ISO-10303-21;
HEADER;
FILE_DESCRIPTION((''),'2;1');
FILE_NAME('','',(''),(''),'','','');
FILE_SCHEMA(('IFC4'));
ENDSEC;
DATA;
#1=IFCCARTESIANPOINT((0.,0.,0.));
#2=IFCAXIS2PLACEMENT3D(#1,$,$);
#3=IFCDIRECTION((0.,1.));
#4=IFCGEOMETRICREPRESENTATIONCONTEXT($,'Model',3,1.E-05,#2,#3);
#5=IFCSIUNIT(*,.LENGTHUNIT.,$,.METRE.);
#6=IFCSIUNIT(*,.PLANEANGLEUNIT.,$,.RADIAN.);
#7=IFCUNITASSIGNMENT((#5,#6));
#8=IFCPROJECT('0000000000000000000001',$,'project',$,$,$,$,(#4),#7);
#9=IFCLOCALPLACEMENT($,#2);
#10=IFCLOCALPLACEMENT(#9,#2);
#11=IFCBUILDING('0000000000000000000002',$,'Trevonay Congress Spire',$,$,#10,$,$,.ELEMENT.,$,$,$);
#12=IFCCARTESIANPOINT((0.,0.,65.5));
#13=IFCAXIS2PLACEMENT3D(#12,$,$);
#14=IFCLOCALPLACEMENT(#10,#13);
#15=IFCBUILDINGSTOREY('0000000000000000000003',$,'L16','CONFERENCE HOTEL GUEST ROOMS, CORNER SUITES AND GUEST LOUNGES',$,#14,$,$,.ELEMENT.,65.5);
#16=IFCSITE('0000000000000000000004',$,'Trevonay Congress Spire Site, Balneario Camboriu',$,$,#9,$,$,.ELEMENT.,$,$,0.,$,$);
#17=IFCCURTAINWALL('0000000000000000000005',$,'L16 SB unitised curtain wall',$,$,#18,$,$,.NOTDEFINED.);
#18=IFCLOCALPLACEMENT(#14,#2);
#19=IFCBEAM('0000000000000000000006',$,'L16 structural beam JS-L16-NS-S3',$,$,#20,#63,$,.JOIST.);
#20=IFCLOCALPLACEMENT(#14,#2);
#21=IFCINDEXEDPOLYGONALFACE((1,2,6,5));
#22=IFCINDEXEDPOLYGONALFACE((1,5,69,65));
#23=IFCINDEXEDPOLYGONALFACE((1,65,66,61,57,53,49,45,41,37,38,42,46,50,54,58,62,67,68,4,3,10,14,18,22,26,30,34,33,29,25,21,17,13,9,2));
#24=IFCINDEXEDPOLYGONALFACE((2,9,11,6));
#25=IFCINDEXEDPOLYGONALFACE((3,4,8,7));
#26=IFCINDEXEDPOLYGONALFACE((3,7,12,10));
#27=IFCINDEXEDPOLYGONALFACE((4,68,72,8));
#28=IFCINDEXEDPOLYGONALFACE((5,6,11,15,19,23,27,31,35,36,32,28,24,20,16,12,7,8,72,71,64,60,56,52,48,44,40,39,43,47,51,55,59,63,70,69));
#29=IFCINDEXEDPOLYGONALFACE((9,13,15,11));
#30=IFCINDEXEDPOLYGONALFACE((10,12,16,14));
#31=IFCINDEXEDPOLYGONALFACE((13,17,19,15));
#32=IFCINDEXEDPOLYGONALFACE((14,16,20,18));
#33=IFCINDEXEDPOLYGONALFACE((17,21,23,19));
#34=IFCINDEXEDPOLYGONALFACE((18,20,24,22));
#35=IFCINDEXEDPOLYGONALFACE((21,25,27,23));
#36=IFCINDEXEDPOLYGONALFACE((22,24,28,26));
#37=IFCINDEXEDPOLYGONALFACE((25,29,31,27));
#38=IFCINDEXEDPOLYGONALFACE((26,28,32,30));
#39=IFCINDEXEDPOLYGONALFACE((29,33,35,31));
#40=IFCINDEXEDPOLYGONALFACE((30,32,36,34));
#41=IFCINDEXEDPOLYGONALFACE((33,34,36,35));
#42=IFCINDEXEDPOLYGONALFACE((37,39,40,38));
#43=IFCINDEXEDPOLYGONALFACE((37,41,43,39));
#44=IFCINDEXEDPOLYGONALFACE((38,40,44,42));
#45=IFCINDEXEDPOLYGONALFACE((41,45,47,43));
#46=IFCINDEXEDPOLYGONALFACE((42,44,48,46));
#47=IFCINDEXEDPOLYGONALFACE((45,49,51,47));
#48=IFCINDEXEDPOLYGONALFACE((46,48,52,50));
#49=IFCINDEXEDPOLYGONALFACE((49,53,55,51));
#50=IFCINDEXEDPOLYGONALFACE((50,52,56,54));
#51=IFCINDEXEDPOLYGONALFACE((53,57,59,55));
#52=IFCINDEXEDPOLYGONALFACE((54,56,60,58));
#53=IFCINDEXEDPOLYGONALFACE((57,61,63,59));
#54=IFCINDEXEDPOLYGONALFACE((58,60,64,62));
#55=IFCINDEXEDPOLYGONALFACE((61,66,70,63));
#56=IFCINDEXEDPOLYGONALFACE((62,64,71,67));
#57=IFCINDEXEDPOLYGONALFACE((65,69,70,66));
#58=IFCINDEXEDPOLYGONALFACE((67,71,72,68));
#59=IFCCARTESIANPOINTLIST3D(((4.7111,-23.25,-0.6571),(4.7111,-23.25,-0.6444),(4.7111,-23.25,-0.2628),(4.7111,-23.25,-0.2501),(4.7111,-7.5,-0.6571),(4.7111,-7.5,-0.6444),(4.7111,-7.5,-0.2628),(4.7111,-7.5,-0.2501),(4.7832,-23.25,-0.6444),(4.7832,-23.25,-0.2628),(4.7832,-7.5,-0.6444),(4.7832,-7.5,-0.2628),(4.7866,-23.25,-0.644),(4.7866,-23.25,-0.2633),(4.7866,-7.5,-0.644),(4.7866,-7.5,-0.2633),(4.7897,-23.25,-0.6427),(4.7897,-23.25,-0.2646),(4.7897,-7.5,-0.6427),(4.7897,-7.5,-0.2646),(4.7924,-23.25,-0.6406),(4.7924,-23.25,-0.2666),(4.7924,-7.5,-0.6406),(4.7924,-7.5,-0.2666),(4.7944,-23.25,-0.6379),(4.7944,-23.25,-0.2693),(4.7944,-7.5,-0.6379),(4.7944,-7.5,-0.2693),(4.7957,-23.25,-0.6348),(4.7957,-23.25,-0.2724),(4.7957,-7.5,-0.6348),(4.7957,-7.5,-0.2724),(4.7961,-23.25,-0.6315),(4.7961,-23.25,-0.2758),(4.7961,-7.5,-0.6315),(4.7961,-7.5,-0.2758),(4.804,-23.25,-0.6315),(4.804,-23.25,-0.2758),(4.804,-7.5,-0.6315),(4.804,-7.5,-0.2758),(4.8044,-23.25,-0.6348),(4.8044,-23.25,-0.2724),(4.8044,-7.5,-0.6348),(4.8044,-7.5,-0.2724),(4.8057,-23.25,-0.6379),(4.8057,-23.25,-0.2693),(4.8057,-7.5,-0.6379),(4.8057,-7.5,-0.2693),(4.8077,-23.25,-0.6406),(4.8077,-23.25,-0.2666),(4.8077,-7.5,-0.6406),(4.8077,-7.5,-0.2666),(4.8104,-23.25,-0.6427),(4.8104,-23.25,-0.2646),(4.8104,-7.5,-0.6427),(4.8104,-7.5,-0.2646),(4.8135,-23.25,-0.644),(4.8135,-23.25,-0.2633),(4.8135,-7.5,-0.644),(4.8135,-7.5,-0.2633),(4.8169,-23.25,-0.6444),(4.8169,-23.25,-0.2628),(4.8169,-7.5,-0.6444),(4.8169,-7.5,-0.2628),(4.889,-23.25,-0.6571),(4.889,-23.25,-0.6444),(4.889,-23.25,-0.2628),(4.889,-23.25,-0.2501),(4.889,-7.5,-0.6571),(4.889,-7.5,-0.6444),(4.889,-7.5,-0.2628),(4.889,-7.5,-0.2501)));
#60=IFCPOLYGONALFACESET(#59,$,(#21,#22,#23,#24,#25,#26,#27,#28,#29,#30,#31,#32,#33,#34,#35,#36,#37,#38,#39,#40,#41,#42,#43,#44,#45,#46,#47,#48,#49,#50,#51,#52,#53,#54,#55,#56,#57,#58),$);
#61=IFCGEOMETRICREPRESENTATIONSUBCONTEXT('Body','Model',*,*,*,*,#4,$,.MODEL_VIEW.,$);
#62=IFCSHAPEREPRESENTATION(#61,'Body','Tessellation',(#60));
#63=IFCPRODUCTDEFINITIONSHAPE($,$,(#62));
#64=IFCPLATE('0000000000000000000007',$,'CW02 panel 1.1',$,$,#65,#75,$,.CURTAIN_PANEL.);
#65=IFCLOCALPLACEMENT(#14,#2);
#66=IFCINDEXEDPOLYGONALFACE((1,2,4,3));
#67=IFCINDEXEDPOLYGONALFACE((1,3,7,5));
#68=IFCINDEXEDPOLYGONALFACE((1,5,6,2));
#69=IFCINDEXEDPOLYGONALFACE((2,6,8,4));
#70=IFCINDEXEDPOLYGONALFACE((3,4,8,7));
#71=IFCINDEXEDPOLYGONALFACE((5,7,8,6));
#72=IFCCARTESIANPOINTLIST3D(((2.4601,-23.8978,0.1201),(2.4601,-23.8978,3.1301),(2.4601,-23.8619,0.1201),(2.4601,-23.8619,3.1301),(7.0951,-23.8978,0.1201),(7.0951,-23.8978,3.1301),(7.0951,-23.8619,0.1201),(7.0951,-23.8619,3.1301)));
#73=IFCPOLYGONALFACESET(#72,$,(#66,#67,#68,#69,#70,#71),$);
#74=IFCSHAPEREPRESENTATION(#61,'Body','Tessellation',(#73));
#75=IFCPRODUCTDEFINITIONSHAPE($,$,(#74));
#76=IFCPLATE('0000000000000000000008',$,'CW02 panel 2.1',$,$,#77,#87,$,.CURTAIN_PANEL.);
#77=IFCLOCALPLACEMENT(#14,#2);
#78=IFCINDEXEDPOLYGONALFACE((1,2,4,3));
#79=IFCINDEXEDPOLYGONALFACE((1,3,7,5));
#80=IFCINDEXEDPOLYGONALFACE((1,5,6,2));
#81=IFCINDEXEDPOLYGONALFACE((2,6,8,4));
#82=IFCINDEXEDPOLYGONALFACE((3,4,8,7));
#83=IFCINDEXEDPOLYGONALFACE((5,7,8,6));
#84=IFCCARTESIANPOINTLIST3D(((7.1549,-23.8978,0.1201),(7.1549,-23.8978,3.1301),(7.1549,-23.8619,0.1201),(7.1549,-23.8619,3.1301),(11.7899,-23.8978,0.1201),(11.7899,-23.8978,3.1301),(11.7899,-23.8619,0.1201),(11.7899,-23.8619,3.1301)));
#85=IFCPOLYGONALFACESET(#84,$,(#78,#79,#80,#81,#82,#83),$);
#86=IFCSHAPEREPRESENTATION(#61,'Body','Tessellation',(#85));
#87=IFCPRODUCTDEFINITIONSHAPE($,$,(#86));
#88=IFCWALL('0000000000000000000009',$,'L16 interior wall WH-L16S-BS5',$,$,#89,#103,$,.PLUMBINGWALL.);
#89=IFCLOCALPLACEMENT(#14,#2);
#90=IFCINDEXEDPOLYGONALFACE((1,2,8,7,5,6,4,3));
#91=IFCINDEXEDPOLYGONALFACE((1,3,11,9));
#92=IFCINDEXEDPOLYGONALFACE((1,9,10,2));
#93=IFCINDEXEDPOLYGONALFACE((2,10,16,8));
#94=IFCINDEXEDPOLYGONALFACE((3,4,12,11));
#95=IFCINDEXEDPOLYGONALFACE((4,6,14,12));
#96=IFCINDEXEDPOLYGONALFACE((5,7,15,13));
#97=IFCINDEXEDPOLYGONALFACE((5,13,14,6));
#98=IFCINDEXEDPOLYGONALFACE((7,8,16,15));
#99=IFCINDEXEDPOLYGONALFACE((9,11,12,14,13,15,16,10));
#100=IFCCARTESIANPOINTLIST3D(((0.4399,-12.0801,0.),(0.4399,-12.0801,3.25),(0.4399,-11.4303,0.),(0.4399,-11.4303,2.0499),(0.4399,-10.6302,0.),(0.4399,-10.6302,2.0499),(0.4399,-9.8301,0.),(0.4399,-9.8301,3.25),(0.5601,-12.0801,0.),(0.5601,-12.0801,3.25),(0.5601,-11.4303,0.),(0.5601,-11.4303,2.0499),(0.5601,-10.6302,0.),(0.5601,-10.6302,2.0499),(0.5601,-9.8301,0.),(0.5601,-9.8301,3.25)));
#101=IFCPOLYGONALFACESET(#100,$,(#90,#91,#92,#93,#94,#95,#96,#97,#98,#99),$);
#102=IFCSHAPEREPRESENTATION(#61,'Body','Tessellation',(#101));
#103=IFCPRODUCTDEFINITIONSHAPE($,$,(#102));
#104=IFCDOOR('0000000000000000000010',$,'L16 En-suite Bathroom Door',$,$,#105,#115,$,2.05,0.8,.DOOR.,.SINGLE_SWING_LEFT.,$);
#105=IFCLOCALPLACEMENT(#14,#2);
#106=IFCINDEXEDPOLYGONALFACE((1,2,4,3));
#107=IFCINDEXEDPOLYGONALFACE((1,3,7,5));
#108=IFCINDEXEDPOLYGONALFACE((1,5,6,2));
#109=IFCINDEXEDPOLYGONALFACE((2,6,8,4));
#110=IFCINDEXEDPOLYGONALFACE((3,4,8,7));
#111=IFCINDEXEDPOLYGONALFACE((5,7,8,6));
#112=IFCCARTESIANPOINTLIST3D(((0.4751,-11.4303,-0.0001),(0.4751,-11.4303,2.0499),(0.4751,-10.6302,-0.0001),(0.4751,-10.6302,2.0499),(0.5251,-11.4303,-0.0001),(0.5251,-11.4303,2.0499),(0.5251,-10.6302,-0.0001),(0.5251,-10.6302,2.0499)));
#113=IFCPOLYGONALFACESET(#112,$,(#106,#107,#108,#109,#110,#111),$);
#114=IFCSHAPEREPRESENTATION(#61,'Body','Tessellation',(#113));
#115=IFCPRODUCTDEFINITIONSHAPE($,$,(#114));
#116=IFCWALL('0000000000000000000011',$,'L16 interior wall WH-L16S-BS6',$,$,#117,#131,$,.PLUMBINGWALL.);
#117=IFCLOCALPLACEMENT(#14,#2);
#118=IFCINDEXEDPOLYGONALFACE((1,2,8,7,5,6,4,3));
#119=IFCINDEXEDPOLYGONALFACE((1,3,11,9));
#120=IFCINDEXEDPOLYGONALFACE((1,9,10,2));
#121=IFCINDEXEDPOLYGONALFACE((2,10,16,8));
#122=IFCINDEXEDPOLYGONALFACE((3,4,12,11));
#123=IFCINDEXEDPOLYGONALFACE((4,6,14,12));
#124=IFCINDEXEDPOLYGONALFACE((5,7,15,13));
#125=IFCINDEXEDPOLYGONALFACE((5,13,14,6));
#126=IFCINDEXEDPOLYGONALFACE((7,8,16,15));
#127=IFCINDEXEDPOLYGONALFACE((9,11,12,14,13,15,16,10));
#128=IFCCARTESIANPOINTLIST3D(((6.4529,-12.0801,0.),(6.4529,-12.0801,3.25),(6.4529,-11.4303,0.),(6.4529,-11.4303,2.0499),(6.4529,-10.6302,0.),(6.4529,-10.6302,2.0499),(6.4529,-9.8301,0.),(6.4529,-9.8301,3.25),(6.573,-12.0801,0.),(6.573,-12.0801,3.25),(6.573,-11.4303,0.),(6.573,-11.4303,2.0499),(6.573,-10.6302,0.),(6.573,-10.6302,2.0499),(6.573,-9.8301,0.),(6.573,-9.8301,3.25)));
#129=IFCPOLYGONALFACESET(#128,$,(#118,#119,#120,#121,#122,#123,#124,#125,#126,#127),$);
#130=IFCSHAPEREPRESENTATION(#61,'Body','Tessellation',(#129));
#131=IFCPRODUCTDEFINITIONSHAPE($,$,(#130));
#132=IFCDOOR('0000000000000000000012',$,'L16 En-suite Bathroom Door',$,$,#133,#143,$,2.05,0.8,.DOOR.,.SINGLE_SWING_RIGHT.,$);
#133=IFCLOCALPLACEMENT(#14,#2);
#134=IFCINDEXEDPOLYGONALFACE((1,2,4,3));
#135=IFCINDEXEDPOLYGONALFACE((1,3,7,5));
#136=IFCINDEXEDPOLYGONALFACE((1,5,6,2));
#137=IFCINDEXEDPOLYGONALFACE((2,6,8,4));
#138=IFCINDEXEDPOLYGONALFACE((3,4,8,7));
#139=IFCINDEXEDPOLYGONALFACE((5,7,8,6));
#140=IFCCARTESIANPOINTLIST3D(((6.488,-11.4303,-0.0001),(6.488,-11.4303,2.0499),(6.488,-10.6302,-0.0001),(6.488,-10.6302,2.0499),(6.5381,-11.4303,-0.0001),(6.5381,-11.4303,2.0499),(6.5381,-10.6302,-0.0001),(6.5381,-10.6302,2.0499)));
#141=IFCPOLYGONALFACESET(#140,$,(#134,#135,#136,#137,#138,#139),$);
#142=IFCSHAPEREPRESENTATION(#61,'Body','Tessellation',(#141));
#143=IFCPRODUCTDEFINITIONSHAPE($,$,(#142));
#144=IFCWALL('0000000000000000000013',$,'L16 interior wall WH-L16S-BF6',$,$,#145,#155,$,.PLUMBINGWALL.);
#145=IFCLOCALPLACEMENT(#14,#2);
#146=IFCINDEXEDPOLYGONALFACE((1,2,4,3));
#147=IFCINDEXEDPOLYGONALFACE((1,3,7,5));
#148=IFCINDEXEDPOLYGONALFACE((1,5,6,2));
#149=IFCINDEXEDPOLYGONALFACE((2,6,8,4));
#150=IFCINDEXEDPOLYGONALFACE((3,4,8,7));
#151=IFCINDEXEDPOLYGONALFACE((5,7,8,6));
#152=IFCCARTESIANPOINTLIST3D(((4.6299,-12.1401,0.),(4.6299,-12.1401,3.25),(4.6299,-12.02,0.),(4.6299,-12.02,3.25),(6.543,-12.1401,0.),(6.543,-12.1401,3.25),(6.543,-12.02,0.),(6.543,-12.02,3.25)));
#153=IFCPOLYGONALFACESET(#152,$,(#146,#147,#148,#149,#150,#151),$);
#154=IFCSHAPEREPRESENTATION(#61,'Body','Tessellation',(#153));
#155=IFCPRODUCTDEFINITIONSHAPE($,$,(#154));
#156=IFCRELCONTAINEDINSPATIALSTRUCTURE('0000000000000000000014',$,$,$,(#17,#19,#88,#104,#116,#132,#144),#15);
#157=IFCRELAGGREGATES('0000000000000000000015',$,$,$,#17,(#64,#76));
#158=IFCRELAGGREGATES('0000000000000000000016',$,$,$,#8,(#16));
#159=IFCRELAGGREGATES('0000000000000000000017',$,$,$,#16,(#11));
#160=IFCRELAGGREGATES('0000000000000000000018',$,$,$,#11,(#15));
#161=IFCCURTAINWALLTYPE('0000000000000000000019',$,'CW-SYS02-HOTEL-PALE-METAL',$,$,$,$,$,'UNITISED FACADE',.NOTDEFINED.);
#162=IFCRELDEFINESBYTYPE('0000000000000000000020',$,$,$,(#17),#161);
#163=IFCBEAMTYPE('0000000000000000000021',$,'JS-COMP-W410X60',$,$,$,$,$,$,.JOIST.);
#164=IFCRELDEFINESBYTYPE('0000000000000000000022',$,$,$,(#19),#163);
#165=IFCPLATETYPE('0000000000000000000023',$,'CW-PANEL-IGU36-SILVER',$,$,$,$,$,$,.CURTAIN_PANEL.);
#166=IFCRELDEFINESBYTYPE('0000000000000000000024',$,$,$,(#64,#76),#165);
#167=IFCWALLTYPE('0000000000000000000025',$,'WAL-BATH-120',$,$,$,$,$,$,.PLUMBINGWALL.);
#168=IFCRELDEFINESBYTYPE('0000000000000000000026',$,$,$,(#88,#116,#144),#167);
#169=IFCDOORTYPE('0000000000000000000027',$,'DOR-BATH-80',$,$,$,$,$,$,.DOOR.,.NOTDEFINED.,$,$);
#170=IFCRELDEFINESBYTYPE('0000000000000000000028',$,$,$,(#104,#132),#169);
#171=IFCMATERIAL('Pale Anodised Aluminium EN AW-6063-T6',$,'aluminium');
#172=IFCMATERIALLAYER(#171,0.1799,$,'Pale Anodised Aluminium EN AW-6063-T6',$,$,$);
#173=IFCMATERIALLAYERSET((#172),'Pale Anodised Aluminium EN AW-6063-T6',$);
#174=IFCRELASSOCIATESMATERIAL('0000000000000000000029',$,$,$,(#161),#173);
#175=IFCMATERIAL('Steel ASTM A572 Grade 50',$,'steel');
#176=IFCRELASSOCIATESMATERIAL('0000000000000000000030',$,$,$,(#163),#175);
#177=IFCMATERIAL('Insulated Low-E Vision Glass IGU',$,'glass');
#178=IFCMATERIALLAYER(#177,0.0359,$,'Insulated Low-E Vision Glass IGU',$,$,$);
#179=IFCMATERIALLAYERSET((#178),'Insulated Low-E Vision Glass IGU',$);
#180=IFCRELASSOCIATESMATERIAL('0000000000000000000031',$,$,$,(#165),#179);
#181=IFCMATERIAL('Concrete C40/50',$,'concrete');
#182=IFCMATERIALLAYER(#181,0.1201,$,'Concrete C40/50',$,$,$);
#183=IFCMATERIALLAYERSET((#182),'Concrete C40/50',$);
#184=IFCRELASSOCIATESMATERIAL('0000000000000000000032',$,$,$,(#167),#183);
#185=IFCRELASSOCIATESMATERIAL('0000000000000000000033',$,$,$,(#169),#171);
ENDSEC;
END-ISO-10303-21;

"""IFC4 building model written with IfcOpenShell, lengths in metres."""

from ifc_helpers import new_model, si_unit, direction, frame, frame_2d, origin, origin_2d, place, context, subcontext, project, spatial, rectangle, i_section, extrude, material, layer, layer_set, material_profile, profile_set, type_object, element, fill, aggregate, save


model = new_model("IFC4")

# Units and contexts
model_context = context("Model", 3, precision=1e-05, world=origin(), true_north=direction((0.0, 1.0)))
body_context = subcontext(model_context, "Body", "Model", "MODEL_VIEW")
ifc_project = project(units=[si_unit("LENGTHUNIT", "METRE"), si_unit("PLANEANGLEUNIT", "RADIAN")], contexts=[model_context])

# Site, building, storey
site_placement = place(None, origin())
site = spatial("IfcSite", under=ifc_project, at=site_placement, Name="Trevonay Congress Spire Site, Balneario Camboriu", CompositionType="ELEMENT", RefElevation=0.0)
building_placement = place(site_placement, origin())
building = spatial("IfcBuilding", under=site, at=building_placement, Name="Trevonay Congress Spire", CompositionType="ELEMENT")
storey_placement = place(building_placement, frame((0.0, 0.0, 65.5)))
storey = spatial("IfcBuildingStorey", under=building, at=storey_placement, Name="L16", Description="CONFERENCE HOTEL GUEST ROOMS, CORNER SUITES AND GUEST LOUNGES", CompositionType="ELEMENT", Elevation=65.5)

# Shared definitions
ifc_material_1 = material(Name="Steel ASTM A572 Grade 50", Category="steel")

# Curtain wall
ifc_material_2 = material(Name="Pale Anodised Aluminium EN AW-6063-T6", Category="aluminium")
ifc_layer_1 = layer(ifc_material_2, 0.1799, Name="Pale Anodised Aluminium EN AW-6063-T6")
ifc_layer_set_1 = layer_set([ifc_layer_1], Name="Pale Anodised Aluminium EN AW-6063-T6")
curtain_wall_type = type_object("IfcCurtainWallType", Name="CW-SYS02-HOTEL-PALE-METAL", ElementType="UNITISED FACADE", PredefinedType="NOTDEFINED", material=ifc_layer_set_1)
curtain_wall_placement = place(storey_placement, origin())
curtain_wall = element("IfcCurtainWall", 1, at=curtain_wall_placement, inside=storey, type_object=curtain_wall_type, Name="L16 SB unitised curtain wall", PredefinedType="NOTDEFINED")

# Beam
ifc_material_profile_1 = material_profile(ifc_material_1, i_section(OverallWidth=0.178, OverallDepth=0.407, WebThickness=0.0078, FlangeThickness=0.0127, FilletRadius=0.0129, at=origin_2d()), Name="W410x60")
ifc_profile_set_1 = profile_set([ifc_material_profile_1], Name="Steel ASTM A572 Grade 50")
beam_type_1 = type_object("IfcBeamType", Name="JS-COMP-W410X60", PredefinedType="JOIST", material=ifc_profile_set_1)
beam_1_placement = place(storey_placement, frame((4.8, -23.25, -0.4536), z_axis=(0.0, 1.0, 0.0), x_axis=(-1.0, 0.0, 0.0)))
element("IfcBeam", 2, at=beam_1_placement, inside=storey, type_object=beam_type_1, Name="L16 structural beam JS-L16-NS-S3", PredefinedType="JOIST", context=body_context, shape_type="SweptSolid", body=[
    extrude(i_section(OverallWidth=0.178, OverallDepth=0.407, WebThickness=0.0078, FlangeThickness=0.0127, FilletRadius=0.0129, at=origin_2d()), origin(), (0.0, 0.0, 1.0), 15.75),
])

# Plates
ifc_material_3 = material(Name="Insulated Low-E Vision Glass IGU", Category="glass")
ifc_layer_2 = layer(ifc_material_3, 0.0359, Name="Insulated Low-E Vision Glass IGU")
ifc_layer_set_2 = layer_set([ifc_layer_2], Name="Insulated Low-E Vision Glass IGU")
plate_type = type_object("IfcPlateType", Name="CW-PANEL-IGU36-SILVER", PredefinedType="CURTAIN_PANEL", material=ifc_layer_set_2)
plate_1_placement = place(storey_placement, frame((4.7776, -23.8799, 0.1201), z_axis=(0.0, 0.0, 1.0), x_axis=(1.0, 0.0, 0.0)))
plate_1 = element("IfcPlate", 3, at=plate_1_placement, type_object=plate_type, Name="CW02 panel 1.1", PredefinedType="CURTAIN_PANEL", context=body_context, shape_type="SweptSolid", body=[
    extrude(rectangle(XDim=4.635, YDim=0.0359, at=origin_2d()), origin(), (0.0, 0.0, 1.0), 3.01),
])
plate_2_placement = place(storey_placement, frame((9.4724, -23.8799, 0.1201), z_axis=(0.0, 0.0, 1.0), x_axis=(1.0, 0.0, 0.0)))
plate_2 = element("IfcPlate", 4, at=plate_2_placement, type_object=plate_type, Name="CW02 panel 2.1", PredefinedType="CURTAIN_PANEL", context=body_context, shape_type="SweptSolid", body=[
    extrude(rectangle(XDim=4.635, YDim=0.0359, at=origin_2d()), origin(), (0.0, 0.0, 1.0), 3.01),
])
aggregate(curtain_wall, [plate_1, plate_2])

# Walls, openings, doors
ifc_material_4 = material(Name="Concrete C40/50", Category="concrete")
ifc_layer_3 = layer(ifc_material_4, 0.1201, Name="Concrete C40/50")
ifc_layer_set_3 = layer_set([ifc_layer_3], Name="Concrete C40/50")
wall_type_1 = type_object("IfcWallType", Name="WAL-BATH-120", PredefinedType="PLUMBINGWALL", material=ifc_layer_set_3)
wall_1_placement = place(storey_placement, frame((0.5, -12.0801, 0.0), z_axis=(0.0, 0.0, 1.0), x_axis=(0.0, 1.0, 0.0)))
wall_1 = element("IfcWall", 5, at=wall_1_placement, inside=storey, type_object=wall_type_1, Name="L16 interior wall WH-L16S-BS5", PredefinedType="PLUMBINGWALL", context=body_context, shape_type="SweptSolid", body=[
    extrude(rectangle(XDim=2.25, YDim=0.1201, at=frame_2d((1.125, 0.0))), origin(), (0.0, 0.0, 1.0), 3.25),
])
opening_1_placement = place(wall_1_placement, frame((0.6499, 0.0, 0.0)))
opening_1 = element("IfcOpeningElement", 6, at=opening_1_placement, cuts=wall_1, PredefinedType="OPENING", context=body_context, shape_type="SweptSolid", body=[
    extrude(rectangle(XDim=0.8, YDim=2.05, at=frame_2d((0.3999, 1.0249))), frame((0.0, 0.0701, 0.0), z_axis=(0.0, -1.0, 0.0), x_axis=(1.0, 0.0, 0.0)), (0.0, 0.0, 1.0), 0.1401),
])
door_type_1 = type_object("IfcDoorType", Name="DOR-BATH-80", OperationType="NOTDEFINED", PredefinedType="DOOR", material=ifc_material_2)
door_1_placement = place(opening_1_placement, origin())
door_1 = element("IfcDoor", 7, at=door_1_placement, inside=storey, type_object=door_type_1, Name="L16 En-suite Bathroom Door", OperationType="SINGLE_SWING_LEFT", OverallHeight=2.05, OverallWidth=0.8, PredefinedType="DOOR", context=body_context, shape_type="SweptSolid", body=[
    extrude(rectangle(XDim=0.8, YDim=2.05, at=frame_2d((0.3999, 1.0249))), frame((0.0, 0.0249, 0.0), z_axis=(0.0, -1.0, 0.0), x_axis=(1.0, 0.0, 0.0)), (0.0, 0.0, 1.0), 0.05),
])
fill(opening_1, door_1)
wall_2_placement = place(storey_placement, frame((6.5129, -12.0801, 0.0), z_axis=(0.0, 0.0, 1.0), x_axis=(0.0, 1.0, 0.0)))
wall_2 = element("IfcWall", 8, at=wall_2_placement, inside=storey, type_object=wall_type_1, Name="L16 interior wall WH-L16S-BS6", PredefinedType="PLUMBINGWALL", context=body_context, shape_type="SweptSolid", body=[
    extrude(rectangle(XDim=2.25, YDim=0.1201, at=frame_2d((1.125, 0.0))), origin(), (0.0, 0.0, 1.0), 3.25),
])
opening_2_placement = place(wall_2_placement, frame((0.6499, 0.0, 0.0)))
opening_2 = element("IfcOpeningElement", 9, at=opening_2_placement, cuts=wall_2, PredefinedType="OPENING", context=body_context, shape_type="SweptSolid", body=[
    extrude(rectangle(XDim=0.8, YDim=2.05, at=frame_2d((0.3999, 1.0249))), frame((0.0, 0.0701, 0.0), z_axis=(0.0, -1.0, 0.0), x_axis=(1.0, 0.0, 0.0)), (0.0, 0.0, 1.0), 0.1401),
])
door_2_placement = place(opening_2_placement, origin())
door_2 = element("IfcDoor", 10, at=door_2_placement, inside=storey, type_object=door_type_1, Name="L16 En-suite Bathroom Door", OperationType="SINGLE_SWING_RIGHT", OverallHeight=2.05, OverallWidth=0.8, PredefinedType="DOOR", context=body_context, shape_type="SweptSolid", body=[
    extrude(rectangle(XDim=0.8, YDim=2.05, at=frame_2d((0.3999, 1.0249))), frame((0.0, 0.0249, 0.0), z_axis=(0.0, -1.0, 0.0), x_axis=(1.0, 0.0, 0.0)), (0.0, 0.0, 1.0), 0.05),
])
fill(opening_2, door_2)

# Wall
wall_3_placement = place(storey_placement, frame((4.6299, -12.0801, 0.0), z_axis=(0.0, 0.0, 1.0), x_axis=(1.0, 0.0, 0.0)))
element("IfcWall", 11, at=wall_3_placement, inside=storey, type_object=wall_type_1, Name="L16 interior wall WH-L16S-BF6", PredefinedType="PLUMBINGWALL", context=body_context, shape_type="SweptSolid", body=[
    extrude(rectangle(XDim=1.9131, YDim=0.1201, at=frame_2d((0.9565, 0.0))), origin(), (0.0, 0.0, 1.0), 3.25),
])

save(model, "model.ifc")
